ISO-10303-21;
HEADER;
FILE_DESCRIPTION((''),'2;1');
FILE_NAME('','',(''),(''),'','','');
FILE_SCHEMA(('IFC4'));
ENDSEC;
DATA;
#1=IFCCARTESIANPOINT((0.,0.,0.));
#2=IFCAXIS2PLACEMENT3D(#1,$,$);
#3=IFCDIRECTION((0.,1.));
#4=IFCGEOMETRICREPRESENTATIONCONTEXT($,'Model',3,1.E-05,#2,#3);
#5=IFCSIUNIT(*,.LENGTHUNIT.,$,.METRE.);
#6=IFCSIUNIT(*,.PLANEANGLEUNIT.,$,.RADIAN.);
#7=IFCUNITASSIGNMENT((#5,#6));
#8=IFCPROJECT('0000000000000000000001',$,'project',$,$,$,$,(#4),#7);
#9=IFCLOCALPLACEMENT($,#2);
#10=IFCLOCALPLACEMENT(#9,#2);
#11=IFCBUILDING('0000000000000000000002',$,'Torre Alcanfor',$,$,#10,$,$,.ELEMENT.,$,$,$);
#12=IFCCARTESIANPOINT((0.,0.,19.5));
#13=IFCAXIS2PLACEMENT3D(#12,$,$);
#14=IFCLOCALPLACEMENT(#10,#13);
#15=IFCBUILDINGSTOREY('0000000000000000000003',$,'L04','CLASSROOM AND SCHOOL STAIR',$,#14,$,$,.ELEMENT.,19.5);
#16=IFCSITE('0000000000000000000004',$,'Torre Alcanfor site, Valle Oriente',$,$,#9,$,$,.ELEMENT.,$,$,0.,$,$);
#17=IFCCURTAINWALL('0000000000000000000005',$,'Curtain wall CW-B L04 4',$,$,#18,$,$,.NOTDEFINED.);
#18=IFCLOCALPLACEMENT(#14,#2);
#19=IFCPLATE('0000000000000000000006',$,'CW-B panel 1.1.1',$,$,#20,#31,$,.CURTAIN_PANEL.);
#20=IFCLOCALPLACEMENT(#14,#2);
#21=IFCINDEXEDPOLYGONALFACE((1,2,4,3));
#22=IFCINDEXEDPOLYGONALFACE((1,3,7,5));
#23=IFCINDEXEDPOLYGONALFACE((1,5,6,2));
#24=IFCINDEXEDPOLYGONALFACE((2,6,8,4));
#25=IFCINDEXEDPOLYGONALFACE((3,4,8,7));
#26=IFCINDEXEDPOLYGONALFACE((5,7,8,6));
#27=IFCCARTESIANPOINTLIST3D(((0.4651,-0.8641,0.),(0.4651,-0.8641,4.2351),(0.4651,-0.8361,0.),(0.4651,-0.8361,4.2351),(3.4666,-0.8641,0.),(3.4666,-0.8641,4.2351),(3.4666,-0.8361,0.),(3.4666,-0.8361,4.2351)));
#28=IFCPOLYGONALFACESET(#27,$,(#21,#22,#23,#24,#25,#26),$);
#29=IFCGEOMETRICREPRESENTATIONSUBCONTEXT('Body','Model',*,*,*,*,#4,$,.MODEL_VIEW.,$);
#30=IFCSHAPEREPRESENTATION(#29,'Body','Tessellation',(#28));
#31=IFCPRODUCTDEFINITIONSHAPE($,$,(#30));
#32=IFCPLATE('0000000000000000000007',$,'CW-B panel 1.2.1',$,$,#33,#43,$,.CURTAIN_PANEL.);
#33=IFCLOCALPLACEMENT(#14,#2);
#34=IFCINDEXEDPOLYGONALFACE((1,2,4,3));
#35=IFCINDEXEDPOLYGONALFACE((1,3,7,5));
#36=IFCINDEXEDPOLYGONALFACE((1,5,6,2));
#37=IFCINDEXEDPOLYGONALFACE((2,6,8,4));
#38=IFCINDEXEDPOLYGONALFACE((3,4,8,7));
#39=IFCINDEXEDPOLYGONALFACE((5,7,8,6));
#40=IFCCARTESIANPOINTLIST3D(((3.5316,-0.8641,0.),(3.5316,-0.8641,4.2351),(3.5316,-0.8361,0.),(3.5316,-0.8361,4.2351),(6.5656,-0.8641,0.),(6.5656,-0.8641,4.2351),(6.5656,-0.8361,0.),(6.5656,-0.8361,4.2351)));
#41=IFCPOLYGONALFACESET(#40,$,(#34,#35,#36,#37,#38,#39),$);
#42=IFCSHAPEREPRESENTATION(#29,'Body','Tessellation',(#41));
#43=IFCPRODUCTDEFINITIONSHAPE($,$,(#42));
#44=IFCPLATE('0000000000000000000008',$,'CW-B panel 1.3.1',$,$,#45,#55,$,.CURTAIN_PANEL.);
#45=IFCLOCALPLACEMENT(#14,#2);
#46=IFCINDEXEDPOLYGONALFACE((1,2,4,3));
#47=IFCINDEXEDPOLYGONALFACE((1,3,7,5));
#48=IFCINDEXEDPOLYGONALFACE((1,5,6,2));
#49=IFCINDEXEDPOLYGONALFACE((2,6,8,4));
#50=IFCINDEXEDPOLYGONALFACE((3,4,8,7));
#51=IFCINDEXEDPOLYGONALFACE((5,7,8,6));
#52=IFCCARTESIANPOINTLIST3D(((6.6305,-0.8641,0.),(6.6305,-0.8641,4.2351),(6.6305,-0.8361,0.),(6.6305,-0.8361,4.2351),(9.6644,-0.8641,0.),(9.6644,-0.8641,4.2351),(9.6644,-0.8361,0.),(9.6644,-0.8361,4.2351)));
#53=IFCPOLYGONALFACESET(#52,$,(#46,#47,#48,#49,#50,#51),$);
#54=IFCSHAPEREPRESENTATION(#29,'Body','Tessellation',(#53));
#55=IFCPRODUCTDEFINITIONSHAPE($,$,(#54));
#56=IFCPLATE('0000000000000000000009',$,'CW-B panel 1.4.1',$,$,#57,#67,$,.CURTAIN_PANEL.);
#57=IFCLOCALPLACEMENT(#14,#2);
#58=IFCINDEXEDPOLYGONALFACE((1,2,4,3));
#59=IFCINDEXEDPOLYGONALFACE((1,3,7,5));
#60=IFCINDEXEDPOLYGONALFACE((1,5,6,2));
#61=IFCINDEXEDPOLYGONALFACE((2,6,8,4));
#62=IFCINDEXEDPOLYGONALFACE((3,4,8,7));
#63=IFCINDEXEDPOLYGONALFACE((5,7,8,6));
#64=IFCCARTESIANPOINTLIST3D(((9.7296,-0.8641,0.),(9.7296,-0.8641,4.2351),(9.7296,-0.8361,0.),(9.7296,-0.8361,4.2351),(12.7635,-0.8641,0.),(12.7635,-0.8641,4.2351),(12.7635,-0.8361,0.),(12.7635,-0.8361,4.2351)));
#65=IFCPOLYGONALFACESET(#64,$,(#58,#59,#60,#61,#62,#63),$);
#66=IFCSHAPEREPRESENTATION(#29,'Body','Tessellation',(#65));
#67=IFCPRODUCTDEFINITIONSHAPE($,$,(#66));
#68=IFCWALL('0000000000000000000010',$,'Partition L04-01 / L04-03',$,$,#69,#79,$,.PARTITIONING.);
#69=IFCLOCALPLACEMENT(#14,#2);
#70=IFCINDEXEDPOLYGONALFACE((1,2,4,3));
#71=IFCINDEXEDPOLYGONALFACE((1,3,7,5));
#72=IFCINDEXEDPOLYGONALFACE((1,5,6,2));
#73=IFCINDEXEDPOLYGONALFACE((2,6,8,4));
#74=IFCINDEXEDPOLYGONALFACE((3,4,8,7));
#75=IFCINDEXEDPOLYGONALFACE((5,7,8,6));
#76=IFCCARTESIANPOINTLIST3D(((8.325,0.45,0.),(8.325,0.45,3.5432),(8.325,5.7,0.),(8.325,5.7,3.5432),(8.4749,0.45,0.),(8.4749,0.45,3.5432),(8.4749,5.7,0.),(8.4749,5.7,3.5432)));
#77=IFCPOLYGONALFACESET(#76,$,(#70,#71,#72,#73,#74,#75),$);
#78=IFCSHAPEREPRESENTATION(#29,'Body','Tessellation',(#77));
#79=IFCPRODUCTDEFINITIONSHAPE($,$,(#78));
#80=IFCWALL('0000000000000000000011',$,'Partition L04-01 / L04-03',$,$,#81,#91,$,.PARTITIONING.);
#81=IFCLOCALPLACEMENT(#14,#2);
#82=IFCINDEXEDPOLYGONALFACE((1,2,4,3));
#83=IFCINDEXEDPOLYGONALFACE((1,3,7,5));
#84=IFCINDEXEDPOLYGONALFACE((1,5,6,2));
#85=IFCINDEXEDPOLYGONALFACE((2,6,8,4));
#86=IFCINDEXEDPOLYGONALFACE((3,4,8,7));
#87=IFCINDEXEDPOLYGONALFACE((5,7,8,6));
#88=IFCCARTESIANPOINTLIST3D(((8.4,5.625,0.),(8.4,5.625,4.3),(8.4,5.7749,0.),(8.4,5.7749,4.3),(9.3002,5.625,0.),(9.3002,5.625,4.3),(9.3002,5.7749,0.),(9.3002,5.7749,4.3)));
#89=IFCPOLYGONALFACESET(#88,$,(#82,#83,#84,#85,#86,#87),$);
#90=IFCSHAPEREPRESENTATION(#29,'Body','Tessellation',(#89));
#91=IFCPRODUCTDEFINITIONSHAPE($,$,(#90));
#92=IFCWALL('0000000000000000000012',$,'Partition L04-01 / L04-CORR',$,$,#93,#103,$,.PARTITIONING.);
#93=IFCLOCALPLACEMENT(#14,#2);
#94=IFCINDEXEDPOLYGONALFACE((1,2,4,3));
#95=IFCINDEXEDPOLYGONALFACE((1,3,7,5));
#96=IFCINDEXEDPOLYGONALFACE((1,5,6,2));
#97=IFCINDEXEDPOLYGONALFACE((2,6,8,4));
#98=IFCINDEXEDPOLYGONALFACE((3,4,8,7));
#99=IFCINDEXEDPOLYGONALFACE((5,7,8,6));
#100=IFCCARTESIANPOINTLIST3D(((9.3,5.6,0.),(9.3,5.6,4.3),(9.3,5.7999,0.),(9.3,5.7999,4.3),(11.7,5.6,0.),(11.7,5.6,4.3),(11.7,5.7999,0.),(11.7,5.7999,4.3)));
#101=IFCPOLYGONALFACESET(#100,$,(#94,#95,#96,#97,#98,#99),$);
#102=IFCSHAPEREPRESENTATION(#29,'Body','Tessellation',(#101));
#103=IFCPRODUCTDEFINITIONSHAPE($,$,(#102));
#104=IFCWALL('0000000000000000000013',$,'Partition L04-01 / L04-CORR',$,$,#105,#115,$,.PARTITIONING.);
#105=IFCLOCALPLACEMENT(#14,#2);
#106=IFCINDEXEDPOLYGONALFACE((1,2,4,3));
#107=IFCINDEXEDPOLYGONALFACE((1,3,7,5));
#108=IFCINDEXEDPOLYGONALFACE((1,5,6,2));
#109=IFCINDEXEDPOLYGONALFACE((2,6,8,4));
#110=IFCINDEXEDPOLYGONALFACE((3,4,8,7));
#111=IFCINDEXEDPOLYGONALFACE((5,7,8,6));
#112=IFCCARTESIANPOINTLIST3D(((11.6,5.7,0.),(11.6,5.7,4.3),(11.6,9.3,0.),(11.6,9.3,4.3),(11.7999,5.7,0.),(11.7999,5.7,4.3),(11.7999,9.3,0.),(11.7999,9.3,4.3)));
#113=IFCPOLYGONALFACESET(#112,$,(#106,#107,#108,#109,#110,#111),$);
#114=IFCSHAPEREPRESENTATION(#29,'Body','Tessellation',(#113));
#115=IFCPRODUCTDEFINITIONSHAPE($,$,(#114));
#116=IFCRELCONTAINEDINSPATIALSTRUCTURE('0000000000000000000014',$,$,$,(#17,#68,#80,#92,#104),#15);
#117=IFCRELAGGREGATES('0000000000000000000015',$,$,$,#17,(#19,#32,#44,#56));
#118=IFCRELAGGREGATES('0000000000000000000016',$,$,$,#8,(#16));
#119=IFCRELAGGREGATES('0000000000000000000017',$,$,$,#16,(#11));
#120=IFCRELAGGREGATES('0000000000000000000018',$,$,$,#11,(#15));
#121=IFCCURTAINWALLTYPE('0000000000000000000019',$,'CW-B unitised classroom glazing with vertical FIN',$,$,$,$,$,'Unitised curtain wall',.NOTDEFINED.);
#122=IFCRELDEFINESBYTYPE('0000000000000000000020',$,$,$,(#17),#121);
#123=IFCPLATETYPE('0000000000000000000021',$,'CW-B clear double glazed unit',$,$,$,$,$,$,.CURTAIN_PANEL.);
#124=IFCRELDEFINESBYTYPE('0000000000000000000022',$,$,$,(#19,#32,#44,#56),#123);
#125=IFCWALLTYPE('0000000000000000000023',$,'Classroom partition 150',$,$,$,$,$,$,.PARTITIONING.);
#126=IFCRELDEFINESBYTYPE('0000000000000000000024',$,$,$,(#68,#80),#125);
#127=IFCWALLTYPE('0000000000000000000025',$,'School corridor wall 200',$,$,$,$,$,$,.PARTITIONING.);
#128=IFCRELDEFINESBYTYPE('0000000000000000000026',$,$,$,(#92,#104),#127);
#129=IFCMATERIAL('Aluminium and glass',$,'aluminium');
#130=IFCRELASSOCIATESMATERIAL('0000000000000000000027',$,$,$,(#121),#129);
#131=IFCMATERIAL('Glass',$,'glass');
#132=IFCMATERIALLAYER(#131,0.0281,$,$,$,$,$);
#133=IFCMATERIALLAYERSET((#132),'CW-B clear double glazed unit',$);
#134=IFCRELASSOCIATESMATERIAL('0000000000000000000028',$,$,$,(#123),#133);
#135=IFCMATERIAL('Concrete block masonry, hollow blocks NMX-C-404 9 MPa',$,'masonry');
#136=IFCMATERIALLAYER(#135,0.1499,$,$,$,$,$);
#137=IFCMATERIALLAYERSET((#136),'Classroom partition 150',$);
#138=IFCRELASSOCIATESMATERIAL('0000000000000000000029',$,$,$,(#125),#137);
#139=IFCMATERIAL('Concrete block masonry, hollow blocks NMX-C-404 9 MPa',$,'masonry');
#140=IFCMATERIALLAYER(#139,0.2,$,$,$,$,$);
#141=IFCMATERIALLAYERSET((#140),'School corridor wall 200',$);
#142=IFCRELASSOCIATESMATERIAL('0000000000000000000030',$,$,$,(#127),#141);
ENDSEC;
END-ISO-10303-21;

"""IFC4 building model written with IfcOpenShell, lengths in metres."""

from ifc_helpers import new_model, si_unit, direction, frame, frame_2d, origin, origin_2d, place, context, subcontext, project, spatial, rectangle, extrude, material, layer, layer_set, type_object, element, aggregate, save


model = new_model("IFC4")

# Units and contexts
model_context = context("Model", 3, precision=1e-05, world=origin(), true_north=direction((0.0, 1.0)))
body_context = subcontext(model_context, "Body", "Model", "MODEL_VIEW")
ifc_project = project(units=[si_unit("LENGTHUNIT", "METRE"), si_unit("PLANEANGLEUNIT", "RADIAN")], contexts=[model_context])

# Site, building, storey
site_placement = place(None, origin())
site = spatial("IfcSite", under=ifc_project, at=site_placement, Name="Torre Alcanfor site, Valle Oriente", CompositionType="ELEMENT", RefElevation=0.0)
building_placement = place(site_placement, origin())
building = spatial("IfcBuilding", under=site, at=building_placement, Name="Torre Alcanfor", CompositionType="ELEMENT")
storey_placement = place(building_placement, frame((0.0, 0.0, 19.5)))
storey = spatial("IfcBuildingStorey", under=building, at=storey_placement, Name="L04", Description="CLASSROOM AND SCHOOL STAIR", CompositionType="ELEMENT", Elevation=19.5)

# Curtain wall
ifc_material_1 = material(Name="Aluminium and glass", Category="aluminium")
curtain_wall_type = type_object("IfcCurtainWallType", Name="CW-B unitised classroom glazing with vertical FIN", ElementType="Unitised curtain wall", PredefinedType="NOTDEFINED", material=ifc_material_1)
curtain_wall_placement = place(storey_placement, origin())
curtain_wall = element("IfcCurtainWall", 1, at=curtain_wall_placement, inside=storey, type_object=curtain_wall_type, Name="Curtain wall CW-B L04 4", PredefinedType="NOTDEFINED")

# Plates
ifc_material_2 = material(Name="Glass", Category="glass")
ifc_layer_1 = layer(ifc_material_2, 0.0281)
ifc_layer_set_1 = layer_set([ifc_layer_1], Name="CW-B clear double glazed unit")
plate_type = type_object("IfcPlateType", Name="CW-B clear double glazed unit", PredefinedType="CURTAIN_PANEL", material=ifc_layer_set_1)
plate_1_placement = place(storey_placement, frame((1.9658, -0.8501, 0.0), z_axis=(0.0, 0.0, 1.0), x_axis=(1.0, 0.0, 0.0)))
plate_1 = element("IfcPlate", 2, at=plate_1_placement, type_object=plate_type, Name="CW-B panel 1.1.1", PredefinedType="CURTAIN_PANEL", context=body_context, shape_type="SweptSolid", body=[
    extrude(rectangle(XDim=3.0015, YDim=0.0281, at=origin_2d()), origin(), (0.0, 0.0, 1.0), 4.2351),
])
plate_2_placement = place(storey_placement, frame((5.0486, -0.8501, 0.0), z_axis=(0.0, 0.0, 1.0), x_axis=(1.0, 0.0, 0.0)))
plate_2 = element("IfcPlate", 3, at=plate_2_placement, type_object=plate_type, Name="CW-B panel 1.2.1", PredefinedType="CURTAIN_PANEL", context=body_context, shape_type="SweptSolid", body=[
    extrude(rectangle(XDim=3.0339, YDim=0.0281, at=origin_2d()), origin(), (0.0, 0.0, 1.0), 4.2351),
])
plate_3_placement = place(storey_placement, frame((8.1475, -0.8501, 0.0), z_axis=(0.0, 0.0, 1.0), x_axis=(1.0, 0.0, 0.0)))
plate_3 = element("IfcPlate", 4, at=plate_3_placement, type_object=plate_type, Name="CW-B panel 1.3.1", PredefinedType="CURTAIN_PANEL", context=body_context, shape_type="SweptSolid", body=[
    extrude(rectangle(XDim=3.0339, YDim=0.0281, at=origin_2d()), origin(), (0.0, 0.0, 1.0), 4.2351),
])
plate_4_placement = place(storey_placement, frame((11.2466, -0.8501, 0.0), z_axis=(0.0, 0.0, 1.0), x_axis=(1.0, 0.0, 0.0)))
plate_4 = element("IfcPlate", 5, at=plate_4_placement, type_object=plate_type, Name="CW-B panel 1.4.1", PredefinedType="CURTAIN_PANEL", context=body_context, shape_type="SweptSolid", body=[
    extrude(rectangle(XDim=3.0339, YDim=0.0281, at=origin_2d()), origin(), (0.0, 0.0, 1.0), 4.2351),
])
aggregate(curtain_wall, [plate_1, plate_2, plate_3, plate_4])

# Walls
ifc_material_3 = material(Name="Concrete block masonry, hollow blocks NMX-C-404 9 MPa", Category="masonry")
ifc_layer_2 = layer(ifc_material_3, 0.1499)
ifc_layer_set_2 = layer_set([ifc_layer_2], Name="Classroom partition 150")
wall_type_1 = type_object("IfcWallType", Name="Classroom partition 150", PredefinedType="PARTITIONING", material=ifc_layer_set_2)
wall_1_placement = place(storey_placement, frame((8.3999, 0.45, 0.0), z_axis=(0.0, 0.0, 1.0), x_axis=(0.0, 1.0, 0.0)))
element("IfcWall", 6, at=wall_1_placement, inside=storey, type_object=wall_type_1, Name="Partition L04-01 / L04-03", PredefinedType="PARTITIONING", context=body_context, shape_type="SweptSolid", body=[
    extrude(rectangle(XDim=5.25, YDim=0.1499, at=frame_2d((2.625, 0.0))), origin(), (0.0, 0.0, 1.0), 3.5432),
])
wall_2_placement = place(storey_placement, frame((8.3999, 5.7, 0.0), z_axis=(0.0, 0.0, 1.0), x_axis=(1.0, 0.0, 0.0)))
element("IfcWall", 7, at=wall_2_placement, inside=storey, type_object=wall_type_1, Name="Partition L04-01 / L04-03", PredefinedType="PARTITIONING", context=body_context, shape_type="SweptSolid", body=[
    extrude(rectangle(XDim=0.9001, YDim=0.1499, at=frame_2d((0.4502, 0.0))), origin(), (0.0, 0.0, 1.0), 4.3),
])
ifc_material_4 = material(Name="Concrete block masonry, hollow blocks NMX-C-404 9 MPa", Category="masonry")
ifc_layer_3 = layer(ifc_material_4, 0.2)
ifc_layer_set_3 = layer_set([ifc_layer_3], Name="School corridor wall 200")
wall_type_2 = type_object("IfcWallType", Name="School corridor wall 200", PredefinedType="PARTITIONING", material=ifc_layer_set_3)
wall_3_placement = place(storey_placement, frame((9.3, 5.7, 0.0), z_axis=(0.0, 0.0, 1.0), x_axis=(1.0, 0.0, 0.0)))
element("IfcWall", 8, at=wall_3_placement, inside=storey, type_object=wall_type_2, Name="Partition L04-01 / L04-CORR", PredefinedType="PARTITIONING", context=body_context, shape_type="SweptSolid", body=[
    extrude(rectangle(XDim=2.3999, YDim=0.2, at=frame_2d((1.2, 0.0))), origin(), (0.0, 0.0, 1.0), 4.3),
])
wall_4_placement = place(storey_placement, frame((11.7, 5.7, 0.0), z_axis=(0.0, 0.0, 1.0), x_axis=(0.0, 1.0, 0.0)))
element("IfcWall", 9, at=wall_4_placement, inside=storey, type_object=wall_type_2, Name="Partition L04-01 / L04-CORR", PredefinedType="PARTITIONING", context=body_context, shape_type="SweptSolid", body=[
    extrude(rectangle(XDim=3.6001, YDim=0.2, at=frame_2d((1.8, 0.0))), origin(), (0.0, 0.0, 1.0), 4.3),
])

save(model, "model.ifc")
